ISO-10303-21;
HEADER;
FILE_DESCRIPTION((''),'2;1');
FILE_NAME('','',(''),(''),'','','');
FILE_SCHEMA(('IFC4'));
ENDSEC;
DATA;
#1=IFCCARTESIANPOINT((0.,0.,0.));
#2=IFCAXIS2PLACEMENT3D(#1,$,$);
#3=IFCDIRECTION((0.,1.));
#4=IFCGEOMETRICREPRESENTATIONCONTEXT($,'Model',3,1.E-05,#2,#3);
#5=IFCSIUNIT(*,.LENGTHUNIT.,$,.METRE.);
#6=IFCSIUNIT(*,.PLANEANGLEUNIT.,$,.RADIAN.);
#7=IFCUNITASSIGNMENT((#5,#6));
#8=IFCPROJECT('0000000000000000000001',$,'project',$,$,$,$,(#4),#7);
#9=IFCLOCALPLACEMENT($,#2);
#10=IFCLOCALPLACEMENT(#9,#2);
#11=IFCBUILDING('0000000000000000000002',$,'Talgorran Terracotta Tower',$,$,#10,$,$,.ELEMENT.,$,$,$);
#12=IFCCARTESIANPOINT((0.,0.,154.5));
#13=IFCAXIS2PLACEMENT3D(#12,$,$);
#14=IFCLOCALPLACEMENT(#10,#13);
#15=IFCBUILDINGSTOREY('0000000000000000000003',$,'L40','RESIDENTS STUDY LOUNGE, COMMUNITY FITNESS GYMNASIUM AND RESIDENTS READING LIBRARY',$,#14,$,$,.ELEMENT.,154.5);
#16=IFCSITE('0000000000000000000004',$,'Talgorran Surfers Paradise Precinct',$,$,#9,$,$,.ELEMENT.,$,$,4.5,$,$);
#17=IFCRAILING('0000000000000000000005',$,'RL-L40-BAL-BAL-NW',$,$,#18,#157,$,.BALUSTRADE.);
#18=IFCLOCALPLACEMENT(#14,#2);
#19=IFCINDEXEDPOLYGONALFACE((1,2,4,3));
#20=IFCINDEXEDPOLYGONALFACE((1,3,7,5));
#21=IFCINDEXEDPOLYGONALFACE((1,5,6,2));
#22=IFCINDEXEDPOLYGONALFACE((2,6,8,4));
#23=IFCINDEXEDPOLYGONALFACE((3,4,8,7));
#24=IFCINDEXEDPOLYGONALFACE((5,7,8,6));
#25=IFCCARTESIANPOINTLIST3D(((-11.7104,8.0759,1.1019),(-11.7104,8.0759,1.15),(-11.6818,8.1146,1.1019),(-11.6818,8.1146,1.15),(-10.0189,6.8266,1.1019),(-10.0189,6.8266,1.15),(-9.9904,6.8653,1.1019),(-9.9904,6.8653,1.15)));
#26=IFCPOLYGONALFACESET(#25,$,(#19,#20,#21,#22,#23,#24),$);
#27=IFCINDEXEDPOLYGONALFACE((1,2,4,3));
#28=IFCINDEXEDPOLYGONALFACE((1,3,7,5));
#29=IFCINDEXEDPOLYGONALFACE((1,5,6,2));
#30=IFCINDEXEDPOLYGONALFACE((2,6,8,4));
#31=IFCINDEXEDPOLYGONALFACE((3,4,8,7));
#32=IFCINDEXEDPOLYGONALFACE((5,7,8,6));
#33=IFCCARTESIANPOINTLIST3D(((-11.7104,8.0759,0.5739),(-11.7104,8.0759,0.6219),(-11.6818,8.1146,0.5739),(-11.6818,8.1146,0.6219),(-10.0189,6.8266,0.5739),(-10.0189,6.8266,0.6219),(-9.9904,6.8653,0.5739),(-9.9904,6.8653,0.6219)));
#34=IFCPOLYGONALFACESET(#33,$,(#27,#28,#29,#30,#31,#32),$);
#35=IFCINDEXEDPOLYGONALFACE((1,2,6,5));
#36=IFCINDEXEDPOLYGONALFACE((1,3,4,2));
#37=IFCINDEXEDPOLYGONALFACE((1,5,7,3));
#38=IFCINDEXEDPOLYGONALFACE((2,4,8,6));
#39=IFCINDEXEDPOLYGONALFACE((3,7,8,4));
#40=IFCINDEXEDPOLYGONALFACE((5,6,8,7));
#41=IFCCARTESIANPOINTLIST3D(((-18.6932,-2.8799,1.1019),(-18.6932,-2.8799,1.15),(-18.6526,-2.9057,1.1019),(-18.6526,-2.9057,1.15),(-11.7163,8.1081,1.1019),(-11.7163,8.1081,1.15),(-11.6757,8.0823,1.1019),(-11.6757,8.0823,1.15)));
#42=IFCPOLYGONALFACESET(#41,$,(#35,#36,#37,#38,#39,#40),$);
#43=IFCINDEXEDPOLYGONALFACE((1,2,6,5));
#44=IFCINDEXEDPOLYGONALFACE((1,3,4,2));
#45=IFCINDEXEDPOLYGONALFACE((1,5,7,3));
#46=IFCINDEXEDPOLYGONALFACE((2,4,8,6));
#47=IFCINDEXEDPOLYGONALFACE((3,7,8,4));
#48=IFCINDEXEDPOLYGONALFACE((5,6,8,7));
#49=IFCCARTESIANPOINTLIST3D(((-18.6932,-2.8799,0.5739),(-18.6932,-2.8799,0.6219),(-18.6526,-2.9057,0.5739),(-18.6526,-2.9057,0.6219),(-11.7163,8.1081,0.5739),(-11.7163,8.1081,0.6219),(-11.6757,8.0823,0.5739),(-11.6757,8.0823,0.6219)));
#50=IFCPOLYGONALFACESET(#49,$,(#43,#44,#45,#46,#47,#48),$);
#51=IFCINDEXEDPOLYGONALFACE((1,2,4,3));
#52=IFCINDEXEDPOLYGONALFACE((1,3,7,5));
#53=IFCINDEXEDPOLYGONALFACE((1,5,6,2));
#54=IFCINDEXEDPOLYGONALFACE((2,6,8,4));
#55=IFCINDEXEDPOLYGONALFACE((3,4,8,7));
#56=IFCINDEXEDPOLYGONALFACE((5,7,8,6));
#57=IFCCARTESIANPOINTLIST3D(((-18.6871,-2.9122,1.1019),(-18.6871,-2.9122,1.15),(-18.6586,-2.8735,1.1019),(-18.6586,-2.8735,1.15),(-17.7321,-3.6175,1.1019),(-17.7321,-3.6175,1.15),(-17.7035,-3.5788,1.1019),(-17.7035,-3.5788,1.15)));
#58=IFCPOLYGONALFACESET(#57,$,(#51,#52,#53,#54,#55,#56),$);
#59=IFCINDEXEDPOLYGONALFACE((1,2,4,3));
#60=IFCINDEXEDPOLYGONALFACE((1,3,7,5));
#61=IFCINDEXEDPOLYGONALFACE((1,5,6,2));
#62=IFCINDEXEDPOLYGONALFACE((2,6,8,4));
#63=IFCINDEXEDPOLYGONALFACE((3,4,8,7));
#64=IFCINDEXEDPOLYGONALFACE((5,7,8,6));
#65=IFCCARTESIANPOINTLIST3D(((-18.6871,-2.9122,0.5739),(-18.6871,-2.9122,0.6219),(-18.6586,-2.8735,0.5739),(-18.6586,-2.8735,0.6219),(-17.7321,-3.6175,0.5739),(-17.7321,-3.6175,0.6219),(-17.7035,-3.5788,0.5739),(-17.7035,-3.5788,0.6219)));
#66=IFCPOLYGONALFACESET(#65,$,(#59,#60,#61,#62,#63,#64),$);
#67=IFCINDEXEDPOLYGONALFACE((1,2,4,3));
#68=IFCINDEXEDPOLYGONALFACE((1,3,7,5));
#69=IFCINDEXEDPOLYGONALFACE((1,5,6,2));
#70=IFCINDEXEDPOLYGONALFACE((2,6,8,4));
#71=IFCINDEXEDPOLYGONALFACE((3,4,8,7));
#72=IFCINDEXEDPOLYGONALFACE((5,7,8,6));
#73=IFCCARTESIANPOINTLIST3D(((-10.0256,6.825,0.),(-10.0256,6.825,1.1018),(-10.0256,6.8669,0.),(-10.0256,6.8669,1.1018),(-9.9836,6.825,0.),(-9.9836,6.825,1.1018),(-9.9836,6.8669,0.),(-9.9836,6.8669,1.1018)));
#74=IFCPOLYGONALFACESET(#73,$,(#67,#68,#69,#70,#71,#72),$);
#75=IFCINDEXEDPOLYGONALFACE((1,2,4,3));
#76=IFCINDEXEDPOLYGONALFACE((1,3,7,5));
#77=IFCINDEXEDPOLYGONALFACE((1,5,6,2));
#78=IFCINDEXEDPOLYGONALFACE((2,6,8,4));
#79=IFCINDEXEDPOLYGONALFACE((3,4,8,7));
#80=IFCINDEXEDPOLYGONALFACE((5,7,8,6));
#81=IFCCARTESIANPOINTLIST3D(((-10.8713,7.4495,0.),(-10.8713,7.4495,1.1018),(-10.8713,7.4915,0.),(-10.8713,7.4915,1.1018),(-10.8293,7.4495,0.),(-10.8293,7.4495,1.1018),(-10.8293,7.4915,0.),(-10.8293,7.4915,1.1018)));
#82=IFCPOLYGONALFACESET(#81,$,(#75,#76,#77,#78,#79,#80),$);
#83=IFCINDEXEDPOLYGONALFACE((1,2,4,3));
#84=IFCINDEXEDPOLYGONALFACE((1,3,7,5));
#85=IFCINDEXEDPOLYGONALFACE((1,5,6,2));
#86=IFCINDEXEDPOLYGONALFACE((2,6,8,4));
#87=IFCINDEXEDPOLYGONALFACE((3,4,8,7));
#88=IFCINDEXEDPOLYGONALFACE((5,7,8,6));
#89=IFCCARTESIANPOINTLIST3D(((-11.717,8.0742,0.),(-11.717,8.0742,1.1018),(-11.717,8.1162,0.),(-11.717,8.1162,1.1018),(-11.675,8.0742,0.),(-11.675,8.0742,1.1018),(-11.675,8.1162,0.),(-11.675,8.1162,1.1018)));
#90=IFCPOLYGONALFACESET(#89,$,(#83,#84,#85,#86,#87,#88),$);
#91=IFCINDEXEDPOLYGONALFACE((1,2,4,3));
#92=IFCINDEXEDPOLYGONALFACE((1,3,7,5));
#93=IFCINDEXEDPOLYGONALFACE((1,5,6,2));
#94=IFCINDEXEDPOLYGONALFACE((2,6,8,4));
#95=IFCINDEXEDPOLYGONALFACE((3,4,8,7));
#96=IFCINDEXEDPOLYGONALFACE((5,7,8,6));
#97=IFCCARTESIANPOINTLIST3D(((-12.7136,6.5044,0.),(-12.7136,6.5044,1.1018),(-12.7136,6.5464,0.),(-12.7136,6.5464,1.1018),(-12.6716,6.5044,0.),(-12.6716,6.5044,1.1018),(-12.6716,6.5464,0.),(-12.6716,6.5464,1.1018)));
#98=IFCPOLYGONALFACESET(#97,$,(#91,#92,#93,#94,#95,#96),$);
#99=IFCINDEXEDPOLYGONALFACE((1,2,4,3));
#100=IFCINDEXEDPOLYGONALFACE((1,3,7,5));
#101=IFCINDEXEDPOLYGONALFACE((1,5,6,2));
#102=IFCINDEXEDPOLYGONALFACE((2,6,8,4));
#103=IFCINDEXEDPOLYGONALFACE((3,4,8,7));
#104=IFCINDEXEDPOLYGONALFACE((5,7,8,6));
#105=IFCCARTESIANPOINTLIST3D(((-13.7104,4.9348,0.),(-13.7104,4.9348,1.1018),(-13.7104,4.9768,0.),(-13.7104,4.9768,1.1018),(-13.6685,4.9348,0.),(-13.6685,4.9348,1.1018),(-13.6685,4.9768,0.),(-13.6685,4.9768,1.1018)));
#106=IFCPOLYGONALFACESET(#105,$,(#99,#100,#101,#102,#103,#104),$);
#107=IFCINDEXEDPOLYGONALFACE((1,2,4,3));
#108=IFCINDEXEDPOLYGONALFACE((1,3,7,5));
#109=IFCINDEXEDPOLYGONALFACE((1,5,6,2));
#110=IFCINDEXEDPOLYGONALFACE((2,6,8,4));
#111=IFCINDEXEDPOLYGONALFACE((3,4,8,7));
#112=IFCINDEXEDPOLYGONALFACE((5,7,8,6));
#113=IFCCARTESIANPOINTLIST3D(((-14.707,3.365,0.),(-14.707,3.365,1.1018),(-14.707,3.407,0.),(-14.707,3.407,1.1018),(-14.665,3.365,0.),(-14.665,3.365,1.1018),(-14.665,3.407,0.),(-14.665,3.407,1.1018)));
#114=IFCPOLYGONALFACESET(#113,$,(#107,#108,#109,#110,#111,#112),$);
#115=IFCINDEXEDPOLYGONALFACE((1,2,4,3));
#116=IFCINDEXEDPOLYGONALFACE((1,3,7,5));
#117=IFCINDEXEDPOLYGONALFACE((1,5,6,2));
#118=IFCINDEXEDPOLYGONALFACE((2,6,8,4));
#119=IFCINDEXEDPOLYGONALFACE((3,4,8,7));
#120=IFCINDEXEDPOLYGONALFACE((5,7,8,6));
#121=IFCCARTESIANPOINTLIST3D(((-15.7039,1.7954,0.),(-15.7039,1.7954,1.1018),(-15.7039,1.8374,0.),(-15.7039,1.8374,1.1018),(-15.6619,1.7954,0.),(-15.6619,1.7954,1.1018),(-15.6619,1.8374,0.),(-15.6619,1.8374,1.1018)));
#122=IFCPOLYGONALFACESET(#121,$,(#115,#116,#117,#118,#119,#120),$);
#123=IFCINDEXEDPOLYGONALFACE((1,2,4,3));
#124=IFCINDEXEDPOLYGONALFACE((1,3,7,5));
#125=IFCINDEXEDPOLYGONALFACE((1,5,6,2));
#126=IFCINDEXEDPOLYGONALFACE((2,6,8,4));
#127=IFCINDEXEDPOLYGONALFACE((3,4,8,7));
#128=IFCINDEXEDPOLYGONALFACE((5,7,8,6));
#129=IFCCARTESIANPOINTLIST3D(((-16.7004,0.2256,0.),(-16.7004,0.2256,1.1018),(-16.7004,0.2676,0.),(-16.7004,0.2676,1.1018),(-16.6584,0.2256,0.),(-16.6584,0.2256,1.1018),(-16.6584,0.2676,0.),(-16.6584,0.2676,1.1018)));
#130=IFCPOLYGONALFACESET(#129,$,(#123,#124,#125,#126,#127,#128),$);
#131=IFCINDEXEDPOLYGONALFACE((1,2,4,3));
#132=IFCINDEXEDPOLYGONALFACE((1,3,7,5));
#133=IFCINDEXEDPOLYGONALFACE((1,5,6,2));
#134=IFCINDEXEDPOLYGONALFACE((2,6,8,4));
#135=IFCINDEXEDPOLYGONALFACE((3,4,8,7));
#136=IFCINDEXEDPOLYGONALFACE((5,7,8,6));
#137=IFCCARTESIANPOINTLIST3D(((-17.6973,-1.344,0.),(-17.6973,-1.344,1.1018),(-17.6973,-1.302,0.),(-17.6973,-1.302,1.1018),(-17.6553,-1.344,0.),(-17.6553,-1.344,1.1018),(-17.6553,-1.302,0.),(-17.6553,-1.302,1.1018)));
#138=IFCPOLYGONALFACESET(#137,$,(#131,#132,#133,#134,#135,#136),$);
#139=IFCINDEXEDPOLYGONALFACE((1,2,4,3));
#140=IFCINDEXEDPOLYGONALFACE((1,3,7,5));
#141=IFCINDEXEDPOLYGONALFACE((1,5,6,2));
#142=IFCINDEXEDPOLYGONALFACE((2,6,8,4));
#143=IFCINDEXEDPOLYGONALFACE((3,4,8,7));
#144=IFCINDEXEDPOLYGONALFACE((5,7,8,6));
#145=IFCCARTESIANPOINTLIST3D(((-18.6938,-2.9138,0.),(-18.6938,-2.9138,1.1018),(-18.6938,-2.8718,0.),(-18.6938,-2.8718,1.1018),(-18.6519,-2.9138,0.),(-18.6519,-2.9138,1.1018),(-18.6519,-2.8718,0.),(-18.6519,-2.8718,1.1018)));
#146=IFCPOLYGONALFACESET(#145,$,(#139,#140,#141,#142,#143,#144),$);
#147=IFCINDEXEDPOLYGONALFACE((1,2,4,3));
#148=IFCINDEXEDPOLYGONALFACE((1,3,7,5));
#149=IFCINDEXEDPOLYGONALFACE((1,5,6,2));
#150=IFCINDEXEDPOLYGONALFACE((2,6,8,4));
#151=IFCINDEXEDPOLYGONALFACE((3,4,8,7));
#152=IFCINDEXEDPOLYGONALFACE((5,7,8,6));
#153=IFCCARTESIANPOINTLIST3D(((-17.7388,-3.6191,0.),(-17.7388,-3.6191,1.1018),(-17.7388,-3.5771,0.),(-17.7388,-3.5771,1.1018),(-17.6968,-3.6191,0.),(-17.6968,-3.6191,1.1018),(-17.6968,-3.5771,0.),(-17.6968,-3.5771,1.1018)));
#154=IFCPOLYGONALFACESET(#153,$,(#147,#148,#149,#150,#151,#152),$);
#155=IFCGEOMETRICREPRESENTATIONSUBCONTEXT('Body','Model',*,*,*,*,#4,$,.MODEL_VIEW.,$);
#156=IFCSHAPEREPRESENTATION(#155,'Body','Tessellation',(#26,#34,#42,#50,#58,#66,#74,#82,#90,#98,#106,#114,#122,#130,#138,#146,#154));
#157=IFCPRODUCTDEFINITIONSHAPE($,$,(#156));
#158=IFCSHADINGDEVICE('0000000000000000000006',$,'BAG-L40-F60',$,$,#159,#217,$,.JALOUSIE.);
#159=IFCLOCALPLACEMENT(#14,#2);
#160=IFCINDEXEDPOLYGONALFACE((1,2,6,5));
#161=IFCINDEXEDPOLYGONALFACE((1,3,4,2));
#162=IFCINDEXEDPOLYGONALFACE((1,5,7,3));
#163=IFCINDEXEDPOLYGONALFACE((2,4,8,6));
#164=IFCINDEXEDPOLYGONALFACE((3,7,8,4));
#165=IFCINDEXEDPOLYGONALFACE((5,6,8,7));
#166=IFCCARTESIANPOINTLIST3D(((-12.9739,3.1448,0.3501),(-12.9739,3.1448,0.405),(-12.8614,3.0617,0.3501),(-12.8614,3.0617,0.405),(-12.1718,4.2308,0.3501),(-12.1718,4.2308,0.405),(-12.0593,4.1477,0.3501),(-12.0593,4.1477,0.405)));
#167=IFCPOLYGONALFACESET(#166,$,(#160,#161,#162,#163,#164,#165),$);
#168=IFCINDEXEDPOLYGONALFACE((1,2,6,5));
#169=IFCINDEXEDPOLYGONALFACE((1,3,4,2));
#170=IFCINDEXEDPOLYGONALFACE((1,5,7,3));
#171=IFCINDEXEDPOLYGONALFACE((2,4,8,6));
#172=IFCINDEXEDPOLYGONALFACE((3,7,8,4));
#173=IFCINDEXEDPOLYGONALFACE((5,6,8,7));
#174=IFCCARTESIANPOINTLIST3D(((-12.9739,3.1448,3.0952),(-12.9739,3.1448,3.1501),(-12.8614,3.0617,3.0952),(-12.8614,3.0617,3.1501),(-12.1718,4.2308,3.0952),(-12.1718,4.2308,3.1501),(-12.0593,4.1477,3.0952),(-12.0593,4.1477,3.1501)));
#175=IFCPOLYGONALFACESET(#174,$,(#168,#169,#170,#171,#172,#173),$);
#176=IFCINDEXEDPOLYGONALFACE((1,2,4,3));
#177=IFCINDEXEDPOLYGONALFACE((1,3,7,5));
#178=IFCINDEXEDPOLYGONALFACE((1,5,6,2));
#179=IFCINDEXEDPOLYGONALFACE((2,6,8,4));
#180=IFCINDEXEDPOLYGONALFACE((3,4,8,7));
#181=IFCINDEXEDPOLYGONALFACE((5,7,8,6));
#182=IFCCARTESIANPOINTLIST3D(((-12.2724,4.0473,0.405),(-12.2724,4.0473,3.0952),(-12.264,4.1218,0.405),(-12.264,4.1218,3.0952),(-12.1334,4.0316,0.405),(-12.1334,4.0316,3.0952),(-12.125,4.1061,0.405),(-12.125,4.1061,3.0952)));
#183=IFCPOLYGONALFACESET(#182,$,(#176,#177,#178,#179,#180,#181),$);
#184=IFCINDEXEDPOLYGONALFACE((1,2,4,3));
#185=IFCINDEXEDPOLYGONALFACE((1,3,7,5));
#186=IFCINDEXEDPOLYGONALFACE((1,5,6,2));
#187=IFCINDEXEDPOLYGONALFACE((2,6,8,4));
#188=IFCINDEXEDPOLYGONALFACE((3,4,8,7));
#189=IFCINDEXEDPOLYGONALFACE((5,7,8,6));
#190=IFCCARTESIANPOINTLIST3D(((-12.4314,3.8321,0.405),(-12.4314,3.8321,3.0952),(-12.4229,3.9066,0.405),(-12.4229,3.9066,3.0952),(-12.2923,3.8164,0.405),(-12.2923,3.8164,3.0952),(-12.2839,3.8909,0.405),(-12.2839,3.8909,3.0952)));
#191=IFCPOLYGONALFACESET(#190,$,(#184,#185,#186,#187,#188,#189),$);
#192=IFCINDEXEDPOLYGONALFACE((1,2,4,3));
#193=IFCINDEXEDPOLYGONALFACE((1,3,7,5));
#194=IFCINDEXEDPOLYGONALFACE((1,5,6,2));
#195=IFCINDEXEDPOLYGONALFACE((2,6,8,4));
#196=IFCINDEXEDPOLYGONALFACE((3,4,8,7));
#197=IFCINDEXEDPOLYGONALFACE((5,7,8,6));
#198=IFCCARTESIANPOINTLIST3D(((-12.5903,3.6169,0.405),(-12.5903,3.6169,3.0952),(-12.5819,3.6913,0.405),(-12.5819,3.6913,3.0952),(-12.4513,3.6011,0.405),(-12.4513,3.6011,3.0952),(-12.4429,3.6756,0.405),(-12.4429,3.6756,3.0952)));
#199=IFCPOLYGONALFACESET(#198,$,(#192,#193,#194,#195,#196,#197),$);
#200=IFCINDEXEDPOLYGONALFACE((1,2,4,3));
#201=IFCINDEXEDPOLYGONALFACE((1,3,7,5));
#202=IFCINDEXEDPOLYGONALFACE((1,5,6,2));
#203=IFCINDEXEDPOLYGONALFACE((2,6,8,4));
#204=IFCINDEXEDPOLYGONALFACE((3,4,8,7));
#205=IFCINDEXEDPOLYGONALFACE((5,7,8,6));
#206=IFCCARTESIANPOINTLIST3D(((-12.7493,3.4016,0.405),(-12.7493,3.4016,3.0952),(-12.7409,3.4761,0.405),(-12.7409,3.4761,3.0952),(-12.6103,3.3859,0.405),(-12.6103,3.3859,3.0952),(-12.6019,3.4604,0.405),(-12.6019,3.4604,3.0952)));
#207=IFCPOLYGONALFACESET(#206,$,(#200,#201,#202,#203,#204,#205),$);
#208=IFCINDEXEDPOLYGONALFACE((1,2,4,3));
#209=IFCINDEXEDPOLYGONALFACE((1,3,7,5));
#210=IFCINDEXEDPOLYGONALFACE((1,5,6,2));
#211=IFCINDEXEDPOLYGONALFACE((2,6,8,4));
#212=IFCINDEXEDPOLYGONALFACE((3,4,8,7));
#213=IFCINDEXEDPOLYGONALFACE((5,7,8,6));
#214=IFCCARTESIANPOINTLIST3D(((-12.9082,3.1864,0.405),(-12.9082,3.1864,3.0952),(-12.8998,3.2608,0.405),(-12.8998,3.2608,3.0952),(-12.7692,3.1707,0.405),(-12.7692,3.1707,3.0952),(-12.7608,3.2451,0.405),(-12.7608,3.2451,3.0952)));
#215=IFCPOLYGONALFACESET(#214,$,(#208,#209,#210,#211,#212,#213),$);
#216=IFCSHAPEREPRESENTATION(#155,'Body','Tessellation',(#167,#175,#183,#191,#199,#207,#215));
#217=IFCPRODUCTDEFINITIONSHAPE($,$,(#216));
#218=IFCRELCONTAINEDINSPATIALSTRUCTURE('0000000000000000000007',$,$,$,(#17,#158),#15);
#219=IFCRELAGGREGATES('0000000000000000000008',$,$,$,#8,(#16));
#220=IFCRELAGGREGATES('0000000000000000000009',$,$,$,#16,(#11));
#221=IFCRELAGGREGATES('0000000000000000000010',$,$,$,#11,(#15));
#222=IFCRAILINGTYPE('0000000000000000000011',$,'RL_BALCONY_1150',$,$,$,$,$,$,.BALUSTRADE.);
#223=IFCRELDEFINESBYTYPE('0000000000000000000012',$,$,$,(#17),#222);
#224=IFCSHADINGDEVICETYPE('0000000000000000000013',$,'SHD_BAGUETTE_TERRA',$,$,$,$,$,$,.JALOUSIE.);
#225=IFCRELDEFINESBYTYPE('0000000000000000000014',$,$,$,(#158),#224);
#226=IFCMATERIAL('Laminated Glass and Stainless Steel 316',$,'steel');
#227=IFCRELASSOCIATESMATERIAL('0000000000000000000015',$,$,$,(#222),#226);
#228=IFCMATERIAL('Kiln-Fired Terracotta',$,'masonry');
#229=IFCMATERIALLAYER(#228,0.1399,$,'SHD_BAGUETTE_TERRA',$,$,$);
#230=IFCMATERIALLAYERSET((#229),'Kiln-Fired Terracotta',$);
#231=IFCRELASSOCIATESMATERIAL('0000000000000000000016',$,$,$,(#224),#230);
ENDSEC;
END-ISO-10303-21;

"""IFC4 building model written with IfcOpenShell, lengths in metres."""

from ifc_helpers import new_model, si_unit, direction, frame, origin, origin_2d, place, context, subcontext, project, spatial, rectangle, extrude, source, transform, mapped, material, layer, layer_set, type_object, type_shapes, element, save


model = new_model("IFC4")

# Units and contexts
model_context = context("Model", 3, precision=1e-05, world=origin(), true_north=direction((0.0, 1.0)))
body_context = subcontext(model_context, "Body", "Model", "MODEL_VIEW")
ifc_project = project(units=[si_unit("LENGTHUNIT", "METRE"), si_unit("PLANEANGLEUNIT", "RADIAN")], contexts=[model_context])

# Site, building, storey
site_placement = place(None, origin())
site = spatial("IfcSite", under=ifc_project, at=site_placement, Name="Talgorran Surfers Paradise Precinct", CompositionType="ELEMENT", RefElevation=4.5)
building_placement = place(site_placement, origin())
building = spatial("IfcBuilding", under=site, at=building_placement, Name="Talgorran Terracotta Tower", CompositionType="ELEMENT")
storey_placement = place(building_placement, frame((0.0, 0.0, 154.5)))
storey = spatial("IfcBuildingStorey", under=building, at=storey_placement, Name="L40", Description="RESIDENTS STUDY LOUNGE, COMMUNITY FITNESS GYMNASIUM AND RESIDENTS READING LIBRARY", CompositionType="ELEMENT", Elevation=154.5)

# Railing
ifc_material_1 = material(Name="Laminated Glass and Stainless Steel 316", Category="steel")
railing_type = type_object("IfcRailingType", Name="RL_BALCONY_1150", PredefinedType="BALUSTRADE", material=ifc_material_1)
railing_placement = place(storey_placement, frame((-10.0046, 6.8459, 0.0)))
element("IfcRailing", 1, at=railing_placement, inside=storey, type_object=railing_type, Name="RL-L40-BAL-BAL-NW", PredefinedType="BALUSTRADE", context=body_context, shape_type="SweptSolid", body=[
    extrude(rectangle(XDim=0.0481, YDim=0.0481, at=origin_2d()), frame((0.0, 0.0, 1.126), z_axis=(-0.804381, 0.594114, 0.0), x_axis=(-0.594114, -0.804381, 0.0)), (0.0, 0.0, 1.0), 2.1028),
    extrude(rectangle(XDim=0.0481, YDim=0.0481, at=origin_2d()), frame((0.0, 0.0, 0.5979), z_axis=(-0.804381, 0.594114, 0.0), x_axis=(-0.594114, -0.804381, 0.0)), (0.0, 0.0, 1.0), 2.1028),
    extrude(rectangle(XDim=0.0481, YDim=0.0481, at=origin_2d()), frame((-1.6914, 1.2493, 1.126), z_axis=(-0.536023, -0.844203, 0.0), x_axis=(0.844203, -0.536023, 0.0)), (0.0, 0.0, 1.0), 13.0159),
    extrude(rectangle(XDim=0.0481, YDim=0.0481, at=origin_2d()), frame((-1.6914, 1.2493, 0.5979), z_axis=(-0.536023, -0.844203, 0.0), x_axis=(0.844203, -0.536023, 0.0)), (0.0, 0.0, 1.0), 13.0159),
    extrude(rectangle(XDim=0.0481, YDim=0.0481, at=origin_2d()), frame((-8.6682, -9.7388, 1.126), z_axis=(0.80442, -0.594061, 0.0), x_axis=(0.594061, 0.80442, 0.0)), (0.0, 0.0, 1.0), 1.1873),
    extrude(rectangle(XDim=0.0481, YDim=0.0481, at=origin_2d()), frame((-8.6682, -9.7388, 0.5979), z_axis=(0.80442, -0.594061, 0.0), x_axis=(0.594061, 0.80442, 0.0)), (0.0, 0.0, 1.0), 1.1873),
    extrude(rectangle(XDim=0.042, YDim=0.042, at=origin_2d()), origin(), (0.0, 0.0, 1.0), 1.1018),
    extrude(rectangle(XDim=0.042, YDim=0.042, at=origin_2d()), frame((-0.8457, 0.6245, 0.0)), (0.0, 0.0, 1.0), 1.1018),
    extrude(rectangle(XDim=0.042, YDim=0.042, at=origin_2d()), frame((-1.6914, 1.2493, 0.0)), (0.0, 0.0, 1.0), 1.1018),
    extrude(rectangle(XDim=0.042, YDim=0.042, at=origin_2d()), frame((-2.688, -0.3206, 0.0)), (0.0, 0.0, 1.0), 1.1018),
    extrude(rectangle(XDim=0.042, YDim=0.042, at=origin_2d()), frame((-3.6848, -1.8901, 0.0)), (0.0, 0.0, 1.0), 1.1018),
    extrude(rectangle(XDim=0.042, YDim=0.042, at=origin_2d()), frame((-4.6814, -3.46, 0.0)), (0.0, 0.0, 1.0), 1.1018),
    extrude(rectangle(XDim=0.042, YDim=0.042, at=origin_2d()), frame((-5.6782, -5.0295, 0.0)), (0.0, 0.0, 1.0), 1.1018),
    extrude(rectangle(XDim=0.042, YDim=0.042, at=origin_2d()), frame((-6.6748, -6.5994, 0.0)), (0.0, 0.0, 1.0), 1.1018),
    extrude(rectangle(XDim=0.042, YDim=0.042, at=origin_2d()), frame((-7.6716, -8.1689, 0.0)), (0.0, 0.0, 1.0), 1.1018),
    extrude(rectangle(XDim=0.042, YDim=0.042, at=origin_2d()), frame((-8.6682, -9.7388, 0.0)), (0.0, 0.0, 1.0), 1.1018),
    extrude(rectangle(XDim=0.042, YDim=0.042, at=origin_2d()), frame((-7.7131, -10.4441, 0.0)), (0.0, 0.0, 1.0), 1.1018),
])

# Shading device
ifc_material_2 = material(Name="Kiln-Fired Terracotta", Category="masonry")
ifc_layer_1 = layer(ifc_material_2, 0.1399, Name="SHD_BAGUETTE_TERRA")
ifc_layer_set_1 = layer_set([ifc_layer_1], Name="Kiln-Fired Terracotta")
shading_device_type = type_object("IfcShadingDeviceType", Name="SHD_BAGUETTE_TERRA", PredefinedType="JALOUSIE", material=ifc_layer_set_1)
shared_shape_1 = source(origin(), body_context, "Body", "SweptSolid", [
    extrude(rectangle(XDim=1.3501, YDim=0.1399, at=origin_2d()), origin(), (0.0, 0.0, 1.0), 0.0549),
    extrude(rectangle(XDim=1.3501, YDim=0.1399, at=origin_2d()), frame((0.0, 0.0, 2.7451)), (0.0, 0.0, 1.0), 0.0549),
    extrude(rectangle(XDim=0.075, YDim=0.1399, at=origin_2d()), frame((-0.5352, 0.0, 0.0549), z_axis=(0.0, 0.0, 1.0), x_axis=(0.866025, 0.5, 0.0)), (0.0, 0.0, 1.0), 2.6902),
    extrude(rectangle(XDim=0.075, YDim=0.1399, at=origin_2d()), frame((-0.2676, 0.0, 0.0549), z_axis=(0.0, 0.0, 1.0), x_axis=(0.866025, 0.5, 0.0)), (0.0, 0.0, 1.0), 2.6902),
    extrude(rectangle(XDim=0.075, YDim=0.1399, at=origin_2d()), frame((0.0, 0.0, 0.0549), z_axis=(0.0, 0.0, 1.0), x_axis=(0.866025, 0.5, 0.0)), (0.0, 0.0, 1.0), 2.6902),
    extrude(rectangle(XDim=0.075, YDim=0.1399, at=origin_2d()), frame((0.2676, 0.0, 0.0549), z_axis=(0.0, 0.0, 1.0), x_axis=(0.866025, 0.5, 0.0)), (0.0, 0.0, 1.0), 2.6902),
    extrude(rectangle(XDim=0.075, YDim=0.1399, at=origin_2d()), frame((0.5352, 0.0, 0.0549), z_axis=(0.0, 0.0, 1.0), x_axis=(0.866025, 0.5, 0.0)), (0.0, 0.0, 1.0), 2.6902),
])
type_shapes(shading_device_type, [shared_shape_1])
shading_device_placement = place(storey_placement, frame((-12.5166, 3.6462, 0.3501), z_axis=(0.0, 0.0, 1.0), x_axis=(-0.594079, -0.804407, 0.0)))
element("IfcShadingDevice", 2, at=shading_device_placement, inside=storey, type_object=shading_device_type, Name="BAG-L40-F60", PredefinedType="JALOUSIE", context=body_context, shape_type="MappedRepresentation", body=[
    mapped(shared_shape_1, transform((0.0, 0.0, 0.0), scale=1.0)),
])

save(model, "model.ifc")
